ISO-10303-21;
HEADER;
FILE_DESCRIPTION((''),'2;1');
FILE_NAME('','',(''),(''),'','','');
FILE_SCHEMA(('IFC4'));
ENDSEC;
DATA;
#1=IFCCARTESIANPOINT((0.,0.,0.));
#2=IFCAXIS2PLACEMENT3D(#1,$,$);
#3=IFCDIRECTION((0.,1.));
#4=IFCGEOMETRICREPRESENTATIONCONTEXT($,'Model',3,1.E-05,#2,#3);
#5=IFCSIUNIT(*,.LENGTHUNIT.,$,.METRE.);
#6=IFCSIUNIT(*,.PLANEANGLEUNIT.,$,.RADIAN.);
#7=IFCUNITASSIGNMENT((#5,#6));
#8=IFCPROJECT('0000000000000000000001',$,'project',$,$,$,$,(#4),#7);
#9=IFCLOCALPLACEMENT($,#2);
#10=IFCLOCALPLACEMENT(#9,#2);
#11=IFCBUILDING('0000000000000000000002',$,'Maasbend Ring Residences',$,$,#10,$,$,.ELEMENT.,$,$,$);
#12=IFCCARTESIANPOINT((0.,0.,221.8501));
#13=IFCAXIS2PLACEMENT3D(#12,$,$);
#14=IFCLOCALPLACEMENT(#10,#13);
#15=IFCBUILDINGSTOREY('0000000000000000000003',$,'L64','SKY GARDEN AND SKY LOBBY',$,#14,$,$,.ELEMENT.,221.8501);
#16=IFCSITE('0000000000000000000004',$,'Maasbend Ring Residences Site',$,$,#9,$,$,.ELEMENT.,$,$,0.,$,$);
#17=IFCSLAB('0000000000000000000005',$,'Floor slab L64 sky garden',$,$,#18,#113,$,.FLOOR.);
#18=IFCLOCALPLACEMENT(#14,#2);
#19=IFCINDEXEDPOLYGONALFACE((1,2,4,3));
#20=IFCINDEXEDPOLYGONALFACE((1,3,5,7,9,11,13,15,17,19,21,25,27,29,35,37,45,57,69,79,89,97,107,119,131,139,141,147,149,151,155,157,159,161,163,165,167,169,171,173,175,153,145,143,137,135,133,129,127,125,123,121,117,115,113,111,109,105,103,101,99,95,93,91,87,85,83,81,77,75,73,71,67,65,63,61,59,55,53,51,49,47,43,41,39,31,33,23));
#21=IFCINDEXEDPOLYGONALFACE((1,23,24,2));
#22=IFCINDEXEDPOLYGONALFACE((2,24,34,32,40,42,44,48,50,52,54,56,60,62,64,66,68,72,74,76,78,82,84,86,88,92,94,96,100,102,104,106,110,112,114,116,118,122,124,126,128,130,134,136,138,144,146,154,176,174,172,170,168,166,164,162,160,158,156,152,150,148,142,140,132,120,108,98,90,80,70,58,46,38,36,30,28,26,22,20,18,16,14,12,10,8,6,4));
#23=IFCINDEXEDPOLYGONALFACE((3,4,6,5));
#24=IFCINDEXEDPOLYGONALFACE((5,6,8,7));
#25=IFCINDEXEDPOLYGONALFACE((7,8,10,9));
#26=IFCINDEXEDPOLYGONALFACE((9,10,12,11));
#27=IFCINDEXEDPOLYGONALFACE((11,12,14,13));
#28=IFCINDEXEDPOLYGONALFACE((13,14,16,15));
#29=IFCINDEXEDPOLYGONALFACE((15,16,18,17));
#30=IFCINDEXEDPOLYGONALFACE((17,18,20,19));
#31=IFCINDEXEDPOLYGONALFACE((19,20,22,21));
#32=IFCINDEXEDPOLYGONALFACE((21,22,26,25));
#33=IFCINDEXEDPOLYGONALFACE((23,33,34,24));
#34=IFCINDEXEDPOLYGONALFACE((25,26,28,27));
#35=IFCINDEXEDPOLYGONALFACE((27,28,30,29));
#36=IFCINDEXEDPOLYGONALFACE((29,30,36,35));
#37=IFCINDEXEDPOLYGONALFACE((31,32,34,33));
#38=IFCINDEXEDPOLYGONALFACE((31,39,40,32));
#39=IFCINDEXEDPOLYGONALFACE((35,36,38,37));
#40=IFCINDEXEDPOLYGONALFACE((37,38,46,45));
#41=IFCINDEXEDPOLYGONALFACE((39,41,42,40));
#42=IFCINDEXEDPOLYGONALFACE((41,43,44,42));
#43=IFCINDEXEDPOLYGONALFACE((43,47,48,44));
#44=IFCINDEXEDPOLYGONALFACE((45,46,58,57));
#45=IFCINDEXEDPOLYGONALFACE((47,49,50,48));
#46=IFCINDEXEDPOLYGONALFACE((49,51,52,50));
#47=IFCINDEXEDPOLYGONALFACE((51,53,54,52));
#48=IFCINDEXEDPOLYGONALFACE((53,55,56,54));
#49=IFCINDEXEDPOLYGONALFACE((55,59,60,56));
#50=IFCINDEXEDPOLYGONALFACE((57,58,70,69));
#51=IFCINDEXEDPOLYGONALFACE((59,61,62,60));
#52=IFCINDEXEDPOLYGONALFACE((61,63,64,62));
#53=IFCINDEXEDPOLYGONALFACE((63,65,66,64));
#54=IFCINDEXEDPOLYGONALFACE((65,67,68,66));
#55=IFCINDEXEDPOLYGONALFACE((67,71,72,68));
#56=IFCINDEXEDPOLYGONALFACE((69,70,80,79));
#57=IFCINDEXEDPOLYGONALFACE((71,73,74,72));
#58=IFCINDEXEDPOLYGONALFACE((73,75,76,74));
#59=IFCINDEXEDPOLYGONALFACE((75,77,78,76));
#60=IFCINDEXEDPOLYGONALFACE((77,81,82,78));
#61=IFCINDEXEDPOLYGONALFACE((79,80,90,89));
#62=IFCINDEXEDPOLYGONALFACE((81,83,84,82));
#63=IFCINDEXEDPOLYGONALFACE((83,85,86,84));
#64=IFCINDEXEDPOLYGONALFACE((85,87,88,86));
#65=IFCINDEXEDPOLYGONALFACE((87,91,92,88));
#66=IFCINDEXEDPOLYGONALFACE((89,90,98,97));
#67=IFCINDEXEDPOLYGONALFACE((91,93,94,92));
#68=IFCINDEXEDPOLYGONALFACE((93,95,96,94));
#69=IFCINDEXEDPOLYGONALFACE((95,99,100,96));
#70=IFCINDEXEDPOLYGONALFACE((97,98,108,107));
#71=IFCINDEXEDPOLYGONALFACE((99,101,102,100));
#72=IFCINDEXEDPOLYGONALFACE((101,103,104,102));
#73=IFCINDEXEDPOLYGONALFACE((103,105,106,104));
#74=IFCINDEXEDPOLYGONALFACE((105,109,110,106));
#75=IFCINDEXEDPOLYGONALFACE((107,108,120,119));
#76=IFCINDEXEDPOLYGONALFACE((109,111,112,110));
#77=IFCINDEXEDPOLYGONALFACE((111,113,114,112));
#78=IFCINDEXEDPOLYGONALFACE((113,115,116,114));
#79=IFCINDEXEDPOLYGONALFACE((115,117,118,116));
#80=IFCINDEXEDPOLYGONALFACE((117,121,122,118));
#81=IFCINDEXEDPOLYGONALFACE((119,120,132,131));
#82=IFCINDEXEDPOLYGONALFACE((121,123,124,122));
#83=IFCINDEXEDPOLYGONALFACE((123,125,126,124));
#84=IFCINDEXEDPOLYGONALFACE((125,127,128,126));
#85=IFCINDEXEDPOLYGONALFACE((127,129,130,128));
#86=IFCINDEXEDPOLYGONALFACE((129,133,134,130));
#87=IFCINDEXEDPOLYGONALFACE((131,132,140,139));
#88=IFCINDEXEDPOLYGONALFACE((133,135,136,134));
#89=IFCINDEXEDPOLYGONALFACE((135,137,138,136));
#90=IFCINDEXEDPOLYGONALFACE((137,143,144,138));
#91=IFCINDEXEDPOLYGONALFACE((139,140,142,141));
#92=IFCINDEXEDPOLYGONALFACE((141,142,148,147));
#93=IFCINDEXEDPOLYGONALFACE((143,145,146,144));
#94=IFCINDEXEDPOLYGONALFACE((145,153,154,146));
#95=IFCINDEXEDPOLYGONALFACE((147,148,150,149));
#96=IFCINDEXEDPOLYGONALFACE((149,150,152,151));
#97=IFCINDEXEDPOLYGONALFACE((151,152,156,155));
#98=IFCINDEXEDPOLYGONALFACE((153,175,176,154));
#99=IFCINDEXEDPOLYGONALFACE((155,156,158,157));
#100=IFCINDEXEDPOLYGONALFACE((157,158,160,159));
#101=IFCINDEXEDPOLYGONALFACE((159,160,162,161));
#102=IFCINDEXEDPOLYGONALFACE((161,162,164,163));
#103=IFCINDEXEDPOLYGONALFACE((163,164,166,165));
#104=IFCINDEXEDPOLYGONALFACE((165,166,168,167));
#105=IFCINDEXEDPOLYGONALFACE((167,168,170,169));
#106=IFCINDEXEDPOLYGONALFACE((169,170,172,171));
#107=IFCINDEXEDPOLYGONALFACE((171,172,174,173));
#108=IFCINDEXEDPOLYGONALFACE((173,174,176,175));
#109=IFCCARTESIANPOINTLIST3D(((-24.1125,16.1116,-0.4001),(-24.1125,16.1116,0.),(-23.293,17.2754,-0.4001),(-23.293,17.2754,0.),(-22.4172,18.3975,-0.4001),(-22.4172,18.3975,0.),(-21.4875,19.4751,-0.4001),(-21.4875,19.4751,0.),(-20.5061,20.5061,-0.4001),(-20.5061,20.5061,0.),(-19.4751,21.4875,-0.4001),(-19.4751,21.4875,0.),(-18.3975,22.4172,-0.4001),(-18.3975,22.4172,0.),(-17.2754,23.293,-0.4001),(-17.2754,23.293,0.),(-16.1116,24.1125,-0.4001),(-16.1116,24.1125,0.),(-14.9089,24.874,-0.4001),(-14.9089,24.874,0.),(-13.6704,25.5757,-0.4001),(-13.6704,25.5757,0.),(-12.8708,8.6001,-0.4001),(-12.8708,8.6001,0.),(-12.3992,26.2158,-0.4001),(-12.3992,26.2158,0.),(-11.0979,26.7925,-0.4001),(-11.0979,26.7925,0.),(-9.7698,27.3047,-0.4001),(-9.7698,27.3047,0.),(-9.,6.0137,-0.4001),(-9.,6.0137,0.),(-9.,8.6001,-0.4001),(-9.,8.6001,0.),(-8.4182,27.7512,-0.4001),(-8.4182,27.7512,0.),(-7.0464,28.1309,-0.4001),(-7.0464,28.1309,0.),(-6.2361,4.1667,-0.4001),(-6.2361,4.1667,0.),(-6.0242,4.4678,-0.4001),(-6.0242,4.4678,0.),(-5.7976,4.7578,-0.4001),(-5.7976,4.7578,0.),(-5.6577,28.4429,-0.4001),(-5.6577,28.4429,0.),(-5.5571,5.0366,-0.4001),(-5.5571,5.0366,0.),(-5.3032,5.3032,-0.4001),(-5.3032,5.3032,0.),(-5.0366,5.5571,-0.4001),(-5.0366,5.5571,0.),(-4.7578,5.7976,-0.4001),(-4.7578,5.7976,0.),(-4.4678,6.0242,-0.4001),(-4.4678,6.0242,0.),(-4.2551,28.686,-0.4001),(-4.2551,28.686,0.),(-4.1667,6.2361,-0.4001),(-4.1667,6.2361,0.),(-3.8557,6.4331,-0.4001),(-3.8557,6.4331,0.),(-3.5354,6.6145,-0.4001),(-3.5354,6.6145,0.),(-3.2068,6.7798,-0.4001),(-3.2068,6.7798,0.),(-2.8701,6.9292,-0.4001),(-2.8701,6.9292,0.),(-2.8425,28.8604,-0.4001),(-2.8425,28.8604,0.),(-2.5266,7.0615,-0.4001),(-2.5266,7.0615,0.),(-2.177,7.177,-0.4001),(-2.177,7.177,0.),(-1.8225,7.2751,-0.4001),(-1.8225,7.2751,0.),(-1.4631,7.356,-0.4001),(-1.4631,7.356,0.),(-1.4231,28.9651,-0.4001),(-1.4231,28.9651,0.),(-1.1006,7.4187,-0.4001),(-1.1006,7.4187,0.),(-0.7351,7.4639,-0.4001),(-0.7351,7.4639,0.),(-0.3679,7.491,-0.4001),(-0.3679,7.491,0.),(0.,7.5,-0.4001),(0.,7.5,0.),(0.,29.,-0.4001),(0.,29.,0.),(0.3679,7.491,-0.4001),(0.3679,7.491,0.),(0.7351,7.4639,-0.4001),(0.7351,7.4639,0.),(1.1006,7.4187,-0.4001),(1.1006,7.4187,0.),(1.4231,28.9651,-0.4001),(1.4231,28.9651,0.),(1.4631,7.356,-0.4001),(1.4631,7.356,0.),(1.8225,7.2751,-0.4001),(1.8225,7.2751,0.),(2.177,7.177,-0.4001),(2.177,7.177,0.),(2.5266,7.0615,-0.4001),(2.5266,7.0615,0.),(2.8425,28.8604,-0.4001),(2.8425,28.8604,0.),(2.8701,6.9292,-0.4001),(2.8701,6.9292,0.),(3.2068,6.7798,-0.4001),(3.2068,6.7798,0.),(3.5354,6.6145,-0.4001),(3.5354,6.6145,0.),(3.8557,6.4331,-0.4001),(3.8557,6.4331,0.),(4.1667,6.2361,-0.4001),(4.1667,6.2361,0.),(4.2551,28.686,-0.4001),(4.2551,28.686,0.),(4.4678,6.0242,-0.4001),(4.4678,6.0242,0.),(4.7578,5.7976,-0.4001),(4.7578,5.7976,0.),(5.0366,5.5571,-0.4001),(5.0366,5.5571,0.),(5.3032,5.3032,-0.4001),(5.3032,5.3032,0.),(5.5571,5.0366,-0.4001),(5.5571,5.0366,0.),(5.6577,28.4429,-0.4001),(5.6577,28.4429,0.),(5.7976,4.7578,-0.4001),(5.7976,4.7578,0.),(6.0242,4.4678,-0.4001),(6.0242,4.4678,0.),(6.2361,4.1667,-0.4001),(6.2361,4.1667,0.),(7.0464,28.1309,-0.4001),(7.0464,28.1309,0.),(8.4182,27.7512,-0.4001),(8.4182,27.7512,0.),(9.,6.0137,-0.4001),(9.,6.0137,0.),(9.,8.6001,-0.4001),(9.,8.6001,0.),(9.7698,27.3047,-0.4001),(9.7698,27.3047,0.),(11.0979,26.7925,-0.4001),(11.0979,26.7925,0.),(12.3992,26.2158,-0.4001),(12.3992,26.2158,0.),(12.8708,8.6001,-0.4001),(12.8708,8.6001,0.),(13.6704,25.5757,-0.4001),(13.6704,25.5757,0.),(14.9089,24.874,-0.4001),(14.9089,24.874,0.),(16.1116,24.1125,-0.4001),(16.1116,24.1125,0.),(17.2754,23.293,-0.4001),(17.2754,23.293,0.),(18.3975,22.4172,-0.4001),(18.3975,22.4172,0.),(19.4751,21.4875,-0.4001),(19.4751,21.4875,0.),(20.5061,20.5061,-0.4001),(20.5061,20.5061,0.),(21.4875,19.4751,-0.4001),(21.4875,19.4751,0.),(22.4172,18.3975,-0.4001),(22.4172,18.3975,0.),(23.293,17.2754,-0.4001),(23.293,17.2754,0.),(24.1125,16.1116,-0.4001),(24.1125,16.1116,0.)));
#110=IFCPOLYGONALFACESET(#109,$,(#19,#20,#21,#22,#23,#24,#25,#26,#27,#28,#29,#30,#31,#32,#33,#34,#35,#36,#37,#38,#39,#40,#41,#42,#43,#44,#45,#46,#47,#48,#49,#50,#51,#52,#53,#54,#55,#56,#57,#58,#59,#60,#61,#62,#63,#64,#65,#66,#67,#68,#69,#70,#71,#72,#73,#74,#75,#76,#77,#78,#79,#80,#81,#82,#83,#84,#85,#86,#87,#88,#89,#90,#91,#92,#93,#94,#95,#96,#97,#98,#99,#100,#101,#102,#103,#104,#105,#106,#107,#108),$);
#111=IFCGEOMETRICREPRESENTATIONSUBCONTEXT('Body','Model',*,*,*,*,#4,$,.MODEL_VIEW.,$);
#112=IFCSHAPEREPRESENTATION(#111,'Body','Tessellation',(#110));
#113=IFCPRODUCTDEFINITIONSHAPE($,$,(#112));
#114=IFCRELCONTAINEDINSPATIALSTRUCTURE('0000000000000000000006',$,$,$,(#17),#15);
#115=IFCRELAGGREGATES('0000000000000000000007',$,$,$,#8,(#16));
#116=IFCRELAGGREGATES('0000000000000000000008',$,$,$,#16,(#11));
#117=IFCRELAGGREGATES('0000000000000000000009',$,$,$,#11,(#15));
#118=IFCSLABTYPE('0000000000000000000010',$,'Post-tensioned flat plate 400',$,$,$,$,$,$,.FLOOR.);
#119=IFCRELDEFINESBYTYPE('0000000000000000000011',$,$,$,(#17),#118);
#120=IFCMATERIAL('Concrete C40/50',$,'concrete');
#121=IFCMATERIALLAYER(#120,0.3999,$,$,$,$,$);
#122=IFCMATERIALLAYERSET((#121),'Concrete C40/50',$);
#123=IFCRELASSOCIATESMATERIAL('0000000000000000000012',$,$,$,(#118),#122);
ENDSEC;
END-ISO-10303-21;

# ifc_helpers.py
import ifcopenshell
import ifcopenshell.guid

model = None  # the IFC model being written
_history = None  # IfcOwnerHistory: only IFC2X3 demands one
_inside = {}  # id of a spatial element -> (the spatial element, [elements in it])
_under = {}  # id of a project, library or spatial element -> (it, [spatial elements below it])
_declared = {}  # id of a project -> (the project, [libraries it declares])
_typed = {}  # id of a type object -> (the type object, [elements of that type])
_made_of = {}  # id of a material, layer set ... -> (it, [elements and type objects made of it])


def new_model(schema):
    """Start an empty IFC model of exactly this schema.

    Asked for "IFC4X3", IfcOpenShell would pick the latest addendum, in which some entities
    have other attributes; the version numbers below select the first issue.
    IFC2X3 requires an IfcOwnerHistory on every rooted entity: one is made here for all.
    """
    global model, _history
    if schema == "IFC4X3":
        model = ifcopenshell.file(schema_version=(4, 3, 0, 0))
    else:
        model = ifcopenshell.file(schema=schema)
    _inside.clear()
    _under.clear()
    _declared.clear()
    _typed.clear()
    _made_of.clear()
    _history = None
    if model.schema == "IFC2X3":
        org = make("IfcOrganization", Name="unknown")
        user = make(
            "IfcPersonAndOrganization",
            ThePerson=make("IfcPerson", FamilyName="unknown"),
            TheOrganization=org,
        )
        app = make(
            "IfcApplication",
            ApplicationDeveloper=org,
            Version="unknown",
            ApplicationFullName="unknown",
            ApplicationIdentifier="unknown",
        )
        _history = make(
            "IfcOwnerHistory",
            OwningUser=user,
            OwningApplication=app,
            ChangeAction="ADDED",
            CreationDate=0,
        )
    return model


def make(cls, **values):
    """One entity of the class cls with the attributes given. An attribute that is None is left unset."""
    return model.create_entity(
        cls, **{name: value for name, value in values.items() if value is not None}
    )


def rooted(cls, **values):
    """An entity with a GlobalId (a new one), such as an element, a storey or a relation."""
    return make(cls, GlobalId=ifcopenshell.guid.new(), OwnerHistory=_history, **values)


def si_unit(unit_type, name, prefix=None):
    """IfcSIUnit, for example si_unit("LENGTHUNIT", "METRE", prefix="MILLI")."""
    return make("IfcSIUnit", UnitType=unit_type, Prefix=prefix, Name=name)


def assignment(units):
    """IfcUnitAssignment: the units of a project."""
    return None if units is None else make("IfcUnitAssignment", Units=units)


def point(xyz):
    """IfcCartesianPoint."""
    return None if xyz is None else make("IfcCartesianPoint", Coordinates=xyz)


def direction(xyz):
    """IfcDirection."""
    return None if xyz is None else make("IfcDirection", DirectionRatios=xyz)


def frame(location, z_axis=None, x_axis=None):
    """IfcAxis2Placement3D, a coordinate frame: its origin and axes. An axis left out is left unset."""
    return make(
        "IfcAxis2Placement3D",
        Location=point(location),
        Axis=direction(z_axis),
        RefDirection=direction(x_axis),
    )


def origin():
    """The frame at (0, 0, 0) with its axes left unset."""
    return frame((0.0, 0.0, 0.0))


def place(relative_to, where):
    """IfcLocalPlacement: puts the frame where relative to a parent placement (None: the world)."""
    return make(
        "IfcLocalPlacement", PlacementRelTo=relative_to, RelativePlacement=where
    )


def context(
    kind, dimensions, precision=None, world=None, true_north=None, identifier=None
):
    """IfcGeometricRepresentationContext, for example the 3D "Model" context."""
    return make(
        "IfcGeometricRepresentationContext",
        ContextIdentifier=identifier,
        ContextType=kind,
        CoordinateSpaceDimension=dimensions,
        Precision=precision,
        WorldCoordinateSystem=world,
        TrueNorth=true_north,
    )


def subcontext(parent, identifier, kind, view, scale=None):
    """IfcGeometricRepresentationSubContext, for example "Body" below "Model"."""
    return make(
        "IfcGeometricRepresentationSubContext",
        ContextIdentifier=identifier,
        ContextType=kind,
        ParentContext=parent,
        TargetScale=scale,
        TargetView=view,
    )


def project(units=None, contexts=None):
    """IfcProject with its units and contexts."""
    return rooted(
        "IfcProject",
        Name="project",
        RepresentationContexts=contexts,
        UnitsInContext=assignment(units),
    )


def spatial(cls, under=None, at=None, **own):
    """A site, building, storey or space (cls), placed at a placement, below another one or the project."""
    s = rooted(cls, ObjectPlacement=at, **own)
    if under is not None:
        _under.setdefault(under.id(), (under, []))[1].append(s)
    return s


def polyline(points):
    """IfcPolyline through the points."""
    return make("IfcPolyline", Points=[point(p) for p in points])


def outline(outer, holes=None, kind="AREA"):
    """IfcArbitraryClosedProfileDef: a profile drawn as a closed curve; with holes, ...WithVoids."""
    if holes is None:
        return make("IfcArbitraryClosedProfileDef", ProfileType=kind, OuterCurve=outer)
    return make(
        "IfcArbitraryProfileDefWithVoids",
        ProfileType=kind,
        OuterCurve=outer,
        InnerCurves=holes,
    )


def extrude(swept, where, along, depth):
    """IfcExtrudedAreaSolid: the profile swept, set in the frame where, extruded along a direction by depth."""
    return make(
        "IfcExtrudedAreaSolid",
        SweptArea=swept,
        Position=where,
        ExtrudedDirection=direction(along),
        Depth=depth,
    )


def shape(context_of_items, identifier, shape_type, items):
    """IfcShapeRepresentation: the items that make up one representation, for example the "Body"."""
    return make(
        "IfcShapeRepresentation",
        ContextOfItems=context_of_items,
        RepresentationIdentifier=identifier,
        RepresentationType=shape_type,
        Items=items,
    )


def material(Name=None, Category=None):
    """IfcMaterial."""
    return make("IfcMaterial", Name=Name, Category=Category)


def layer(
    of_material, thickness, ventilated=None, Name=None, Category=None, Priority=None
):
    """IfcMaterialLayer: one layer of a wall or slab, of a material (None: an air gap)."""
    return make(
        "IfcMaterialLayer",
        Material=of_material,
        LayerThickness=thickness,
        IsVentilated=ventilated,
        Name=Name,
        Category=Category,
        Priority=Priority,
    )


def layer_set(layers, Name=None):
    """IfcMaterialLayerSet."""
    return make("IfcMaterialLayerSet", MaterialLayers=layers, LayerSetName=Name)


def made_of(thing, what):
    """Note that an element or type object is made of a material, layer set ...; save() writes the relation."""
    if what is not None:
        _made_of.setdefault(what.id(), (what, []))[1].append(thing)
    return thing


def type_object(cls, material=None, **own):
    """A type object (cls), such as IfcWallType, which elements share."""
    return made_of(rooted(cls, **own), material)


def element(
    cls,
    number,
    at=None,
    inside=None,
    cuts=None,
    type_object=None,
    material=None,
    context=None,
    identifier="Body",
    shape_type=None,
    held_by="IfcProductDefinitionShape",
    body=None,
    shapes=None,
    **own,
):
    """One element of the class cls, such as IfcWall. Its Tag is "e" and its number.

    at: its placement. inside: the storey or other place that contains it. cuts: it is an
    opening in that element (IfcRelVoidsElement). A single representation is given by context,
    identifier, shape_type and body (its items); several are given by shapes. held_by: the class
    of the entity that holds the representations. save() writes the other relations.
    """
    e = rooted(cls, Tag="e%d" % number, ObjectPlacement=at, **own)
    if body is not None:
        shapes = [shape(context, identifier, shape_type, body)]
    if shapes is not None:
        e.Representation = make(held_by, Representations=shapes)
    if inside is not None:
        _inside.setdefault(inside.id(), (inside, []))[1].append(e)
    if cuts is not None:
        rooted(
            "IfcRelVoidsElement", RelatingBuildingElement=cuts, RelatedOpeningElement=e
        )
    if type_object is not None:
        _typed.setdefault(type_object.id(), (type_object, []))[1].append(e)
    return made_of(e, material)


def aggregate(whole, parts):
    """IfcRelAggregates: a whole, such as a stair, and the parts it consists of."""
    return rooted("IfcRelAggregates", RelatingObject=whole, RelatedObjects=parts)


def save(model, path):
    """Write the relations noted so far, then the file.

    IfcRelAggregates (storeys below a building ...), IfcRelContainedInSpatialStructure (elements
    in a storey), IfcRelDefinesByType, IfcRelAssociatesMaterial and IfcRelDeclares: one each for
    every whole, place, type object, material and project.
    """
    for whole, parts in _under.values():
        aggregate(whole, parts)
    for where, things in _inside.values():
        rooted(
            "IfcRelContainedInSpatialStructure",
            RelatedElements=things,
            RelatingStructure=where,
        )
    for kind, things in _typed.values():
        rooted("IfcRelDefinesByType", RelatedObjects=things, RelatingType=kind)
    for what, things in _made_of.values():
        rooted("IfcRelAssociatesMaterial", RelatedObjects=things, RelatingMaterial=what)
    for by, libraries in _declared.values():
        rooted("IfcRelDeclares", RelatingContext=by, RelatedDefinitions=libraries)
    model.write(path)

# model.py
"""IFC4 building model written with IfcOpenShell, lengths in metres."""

from ifc_helpers import new_model, si_unit, direction, frame, origin, place, context, subcontext, project, spatial, polyline, outline, extrude, material, layer, layer_set, type_object, element, save


model = new_model("IFC4")

# Units and contexts
model_context = context("Model", 3, precision=1e-05, world=origin(), true_north=direction((0.0, 1.0)))
body_context = subcontext(model_context, "Body", "Model", "MODEL_VIEW")
ifc_project = project(units=[si_unit("LENGTHUNIT", "METRE"), si_unit("PLANEANGLEUNIT", "RADIAN")], contexts=[model_context])

# Site, building, storey
site_placement = place(None, origin())
site = spatial("IfcSite", under=ifc_project, at=site_placement, Name="Maasbend Ring Residences Site", CompositionType="ELEMENT", RefElevation=0.0)
building_placement = place(site_placement, origin())
building = spatial("IfcBuilding", under=site, at=building_placement, Name="Maasbend Ring Residences", CompositionType="ELEMENT")
storey_placement = place(building_placement, frame((0.0, 0.0, 221.8501)))
storey = spatial("IfcBuildingStorey", under=building, at=storey_placement, Name="L64", Description="SKY GARDEN AND SKY LOBBY", CompositionType="ELEMENT", Elevation=221.8501)

# Slab
ifc_material_1 = material(Name="Concrete C40/50", Category="concrete")
ifc_layer_1 = layer(ifc_material_1, 0.3999)
ifc_layer_set_1 = layer_set([ifc_layer_1], Name="Concrete C40/50")
slab_type_1 = type_object("IfcSlabType", Name="Post-tensioned flat plate 400", PredefinedType="FLOOR", material=ifc_layer_set_1)
slab_1_placement = place(storey_placement, frame((0.0, 0.0, -0.4001)))
element("IfcSlab", 1, at=slab_1_placement, inside=storey, type_object=slab_type_1, Name="Floor slab L64 sky garden", PredefinedType="FLOOR", context=body_context, shape_type="SweptSolid", body=[
    extrude(outline(polyline([(-24.1125, 16.1116), (-12.8708, 8.6001), (-9.0, 8.6001), (-9.0, 6.0137), (-6.2361, 4.1667), (-6.0242, 4.4678), (-5.7976, 4.7578), (-5.5571, 5.0366), (-5.3032, 5.3032), (-5.0366, 5.5571), (-4.7578, 5.7976), (-4.4678, 6.0242), (-4.1667, 6.2361), (-3.8557, 6.4331), (-3.5354, 6.6145), (-3.2068, 6.7798), (-2.8701, 6.9292), (-2.5266, 7.0615), (-2.177, 7.177), (-1.8225, 7.2751), (-1.4631, 7.356), (-1.1006, 7.4187), (-0.7351, 7.4639), (-0.3679, 7.491), (0.0, 7.5), (0.3679, 7.491), (0.7351, 7.4639), (1.1006, 7.4187), (1.4631, 7.356), (1.8225, 7.2751), (2.177, 7.177), (2.5266, 7.0615), (2.8701, 6.9292), (3.2068, 6.7798), (3.5354, 6.6145), (3.8557, 6.4331), (4.1667, 6.2361), (4.4678, 6.0242), (4.7578, 5.7976), (5.0366, 5.5571), (5.3032, 5.3032), (5.5571, 5.0366), (5.7976, 4.7578), (6.0242, 4.4678), (6.2361, 4.1667), (9.0, 6.0137), (9.0, 8.6001), (12.8708, 8.6001), (24.1125, 16.1116), (23.293, 17.2754), (22.4172, 18.3975), (21.4875, 19.4751), (20.5061, 20.5061), (19.4751, 21.4875), (18.3975, 22.4172), (17.2754, 23.293), (16.1116, 24.1125), (14.9089, 24.874), (13.6704, 25.5757), (12.3992, 26.2158), (11.0979, 26.7925), (9.7698, 27.3047), (8.4182, 27.7512), (7.0464, 28.1309), (5.6577, 28.4429), (4.2551, 28.686), (2.8425, 28.8604), (1.4231, 28.9651), (0.0, 29.0), (-1.4231, 28.9651), (-2.8425, 28.8604), (-4.2551, 28.686), (-5.6577, 28.4429), (-7.0464, 28.1309), (-8.4182, 27.7512), (-9.7698, 27.3047), (-11.0979, 26.7925), (-12.3992, 26.2158), (-13.6704, 25.5757), (-14.9089, 24.874), (-16.1116, 24.1125), (-17.2754, 23.293), (-18.3975, 22.4172), (-19.4751, 21.4875), (-20.5061, 20.5061), (-21.4875, 19.4751), (-22.4172, 18.3975), (-23.293, 17.2754), (-24.1125, 16.1116)])), origin(), (0.0, 0.0, 1.0), 0.4001),
])

save(model, "model.ifc")
